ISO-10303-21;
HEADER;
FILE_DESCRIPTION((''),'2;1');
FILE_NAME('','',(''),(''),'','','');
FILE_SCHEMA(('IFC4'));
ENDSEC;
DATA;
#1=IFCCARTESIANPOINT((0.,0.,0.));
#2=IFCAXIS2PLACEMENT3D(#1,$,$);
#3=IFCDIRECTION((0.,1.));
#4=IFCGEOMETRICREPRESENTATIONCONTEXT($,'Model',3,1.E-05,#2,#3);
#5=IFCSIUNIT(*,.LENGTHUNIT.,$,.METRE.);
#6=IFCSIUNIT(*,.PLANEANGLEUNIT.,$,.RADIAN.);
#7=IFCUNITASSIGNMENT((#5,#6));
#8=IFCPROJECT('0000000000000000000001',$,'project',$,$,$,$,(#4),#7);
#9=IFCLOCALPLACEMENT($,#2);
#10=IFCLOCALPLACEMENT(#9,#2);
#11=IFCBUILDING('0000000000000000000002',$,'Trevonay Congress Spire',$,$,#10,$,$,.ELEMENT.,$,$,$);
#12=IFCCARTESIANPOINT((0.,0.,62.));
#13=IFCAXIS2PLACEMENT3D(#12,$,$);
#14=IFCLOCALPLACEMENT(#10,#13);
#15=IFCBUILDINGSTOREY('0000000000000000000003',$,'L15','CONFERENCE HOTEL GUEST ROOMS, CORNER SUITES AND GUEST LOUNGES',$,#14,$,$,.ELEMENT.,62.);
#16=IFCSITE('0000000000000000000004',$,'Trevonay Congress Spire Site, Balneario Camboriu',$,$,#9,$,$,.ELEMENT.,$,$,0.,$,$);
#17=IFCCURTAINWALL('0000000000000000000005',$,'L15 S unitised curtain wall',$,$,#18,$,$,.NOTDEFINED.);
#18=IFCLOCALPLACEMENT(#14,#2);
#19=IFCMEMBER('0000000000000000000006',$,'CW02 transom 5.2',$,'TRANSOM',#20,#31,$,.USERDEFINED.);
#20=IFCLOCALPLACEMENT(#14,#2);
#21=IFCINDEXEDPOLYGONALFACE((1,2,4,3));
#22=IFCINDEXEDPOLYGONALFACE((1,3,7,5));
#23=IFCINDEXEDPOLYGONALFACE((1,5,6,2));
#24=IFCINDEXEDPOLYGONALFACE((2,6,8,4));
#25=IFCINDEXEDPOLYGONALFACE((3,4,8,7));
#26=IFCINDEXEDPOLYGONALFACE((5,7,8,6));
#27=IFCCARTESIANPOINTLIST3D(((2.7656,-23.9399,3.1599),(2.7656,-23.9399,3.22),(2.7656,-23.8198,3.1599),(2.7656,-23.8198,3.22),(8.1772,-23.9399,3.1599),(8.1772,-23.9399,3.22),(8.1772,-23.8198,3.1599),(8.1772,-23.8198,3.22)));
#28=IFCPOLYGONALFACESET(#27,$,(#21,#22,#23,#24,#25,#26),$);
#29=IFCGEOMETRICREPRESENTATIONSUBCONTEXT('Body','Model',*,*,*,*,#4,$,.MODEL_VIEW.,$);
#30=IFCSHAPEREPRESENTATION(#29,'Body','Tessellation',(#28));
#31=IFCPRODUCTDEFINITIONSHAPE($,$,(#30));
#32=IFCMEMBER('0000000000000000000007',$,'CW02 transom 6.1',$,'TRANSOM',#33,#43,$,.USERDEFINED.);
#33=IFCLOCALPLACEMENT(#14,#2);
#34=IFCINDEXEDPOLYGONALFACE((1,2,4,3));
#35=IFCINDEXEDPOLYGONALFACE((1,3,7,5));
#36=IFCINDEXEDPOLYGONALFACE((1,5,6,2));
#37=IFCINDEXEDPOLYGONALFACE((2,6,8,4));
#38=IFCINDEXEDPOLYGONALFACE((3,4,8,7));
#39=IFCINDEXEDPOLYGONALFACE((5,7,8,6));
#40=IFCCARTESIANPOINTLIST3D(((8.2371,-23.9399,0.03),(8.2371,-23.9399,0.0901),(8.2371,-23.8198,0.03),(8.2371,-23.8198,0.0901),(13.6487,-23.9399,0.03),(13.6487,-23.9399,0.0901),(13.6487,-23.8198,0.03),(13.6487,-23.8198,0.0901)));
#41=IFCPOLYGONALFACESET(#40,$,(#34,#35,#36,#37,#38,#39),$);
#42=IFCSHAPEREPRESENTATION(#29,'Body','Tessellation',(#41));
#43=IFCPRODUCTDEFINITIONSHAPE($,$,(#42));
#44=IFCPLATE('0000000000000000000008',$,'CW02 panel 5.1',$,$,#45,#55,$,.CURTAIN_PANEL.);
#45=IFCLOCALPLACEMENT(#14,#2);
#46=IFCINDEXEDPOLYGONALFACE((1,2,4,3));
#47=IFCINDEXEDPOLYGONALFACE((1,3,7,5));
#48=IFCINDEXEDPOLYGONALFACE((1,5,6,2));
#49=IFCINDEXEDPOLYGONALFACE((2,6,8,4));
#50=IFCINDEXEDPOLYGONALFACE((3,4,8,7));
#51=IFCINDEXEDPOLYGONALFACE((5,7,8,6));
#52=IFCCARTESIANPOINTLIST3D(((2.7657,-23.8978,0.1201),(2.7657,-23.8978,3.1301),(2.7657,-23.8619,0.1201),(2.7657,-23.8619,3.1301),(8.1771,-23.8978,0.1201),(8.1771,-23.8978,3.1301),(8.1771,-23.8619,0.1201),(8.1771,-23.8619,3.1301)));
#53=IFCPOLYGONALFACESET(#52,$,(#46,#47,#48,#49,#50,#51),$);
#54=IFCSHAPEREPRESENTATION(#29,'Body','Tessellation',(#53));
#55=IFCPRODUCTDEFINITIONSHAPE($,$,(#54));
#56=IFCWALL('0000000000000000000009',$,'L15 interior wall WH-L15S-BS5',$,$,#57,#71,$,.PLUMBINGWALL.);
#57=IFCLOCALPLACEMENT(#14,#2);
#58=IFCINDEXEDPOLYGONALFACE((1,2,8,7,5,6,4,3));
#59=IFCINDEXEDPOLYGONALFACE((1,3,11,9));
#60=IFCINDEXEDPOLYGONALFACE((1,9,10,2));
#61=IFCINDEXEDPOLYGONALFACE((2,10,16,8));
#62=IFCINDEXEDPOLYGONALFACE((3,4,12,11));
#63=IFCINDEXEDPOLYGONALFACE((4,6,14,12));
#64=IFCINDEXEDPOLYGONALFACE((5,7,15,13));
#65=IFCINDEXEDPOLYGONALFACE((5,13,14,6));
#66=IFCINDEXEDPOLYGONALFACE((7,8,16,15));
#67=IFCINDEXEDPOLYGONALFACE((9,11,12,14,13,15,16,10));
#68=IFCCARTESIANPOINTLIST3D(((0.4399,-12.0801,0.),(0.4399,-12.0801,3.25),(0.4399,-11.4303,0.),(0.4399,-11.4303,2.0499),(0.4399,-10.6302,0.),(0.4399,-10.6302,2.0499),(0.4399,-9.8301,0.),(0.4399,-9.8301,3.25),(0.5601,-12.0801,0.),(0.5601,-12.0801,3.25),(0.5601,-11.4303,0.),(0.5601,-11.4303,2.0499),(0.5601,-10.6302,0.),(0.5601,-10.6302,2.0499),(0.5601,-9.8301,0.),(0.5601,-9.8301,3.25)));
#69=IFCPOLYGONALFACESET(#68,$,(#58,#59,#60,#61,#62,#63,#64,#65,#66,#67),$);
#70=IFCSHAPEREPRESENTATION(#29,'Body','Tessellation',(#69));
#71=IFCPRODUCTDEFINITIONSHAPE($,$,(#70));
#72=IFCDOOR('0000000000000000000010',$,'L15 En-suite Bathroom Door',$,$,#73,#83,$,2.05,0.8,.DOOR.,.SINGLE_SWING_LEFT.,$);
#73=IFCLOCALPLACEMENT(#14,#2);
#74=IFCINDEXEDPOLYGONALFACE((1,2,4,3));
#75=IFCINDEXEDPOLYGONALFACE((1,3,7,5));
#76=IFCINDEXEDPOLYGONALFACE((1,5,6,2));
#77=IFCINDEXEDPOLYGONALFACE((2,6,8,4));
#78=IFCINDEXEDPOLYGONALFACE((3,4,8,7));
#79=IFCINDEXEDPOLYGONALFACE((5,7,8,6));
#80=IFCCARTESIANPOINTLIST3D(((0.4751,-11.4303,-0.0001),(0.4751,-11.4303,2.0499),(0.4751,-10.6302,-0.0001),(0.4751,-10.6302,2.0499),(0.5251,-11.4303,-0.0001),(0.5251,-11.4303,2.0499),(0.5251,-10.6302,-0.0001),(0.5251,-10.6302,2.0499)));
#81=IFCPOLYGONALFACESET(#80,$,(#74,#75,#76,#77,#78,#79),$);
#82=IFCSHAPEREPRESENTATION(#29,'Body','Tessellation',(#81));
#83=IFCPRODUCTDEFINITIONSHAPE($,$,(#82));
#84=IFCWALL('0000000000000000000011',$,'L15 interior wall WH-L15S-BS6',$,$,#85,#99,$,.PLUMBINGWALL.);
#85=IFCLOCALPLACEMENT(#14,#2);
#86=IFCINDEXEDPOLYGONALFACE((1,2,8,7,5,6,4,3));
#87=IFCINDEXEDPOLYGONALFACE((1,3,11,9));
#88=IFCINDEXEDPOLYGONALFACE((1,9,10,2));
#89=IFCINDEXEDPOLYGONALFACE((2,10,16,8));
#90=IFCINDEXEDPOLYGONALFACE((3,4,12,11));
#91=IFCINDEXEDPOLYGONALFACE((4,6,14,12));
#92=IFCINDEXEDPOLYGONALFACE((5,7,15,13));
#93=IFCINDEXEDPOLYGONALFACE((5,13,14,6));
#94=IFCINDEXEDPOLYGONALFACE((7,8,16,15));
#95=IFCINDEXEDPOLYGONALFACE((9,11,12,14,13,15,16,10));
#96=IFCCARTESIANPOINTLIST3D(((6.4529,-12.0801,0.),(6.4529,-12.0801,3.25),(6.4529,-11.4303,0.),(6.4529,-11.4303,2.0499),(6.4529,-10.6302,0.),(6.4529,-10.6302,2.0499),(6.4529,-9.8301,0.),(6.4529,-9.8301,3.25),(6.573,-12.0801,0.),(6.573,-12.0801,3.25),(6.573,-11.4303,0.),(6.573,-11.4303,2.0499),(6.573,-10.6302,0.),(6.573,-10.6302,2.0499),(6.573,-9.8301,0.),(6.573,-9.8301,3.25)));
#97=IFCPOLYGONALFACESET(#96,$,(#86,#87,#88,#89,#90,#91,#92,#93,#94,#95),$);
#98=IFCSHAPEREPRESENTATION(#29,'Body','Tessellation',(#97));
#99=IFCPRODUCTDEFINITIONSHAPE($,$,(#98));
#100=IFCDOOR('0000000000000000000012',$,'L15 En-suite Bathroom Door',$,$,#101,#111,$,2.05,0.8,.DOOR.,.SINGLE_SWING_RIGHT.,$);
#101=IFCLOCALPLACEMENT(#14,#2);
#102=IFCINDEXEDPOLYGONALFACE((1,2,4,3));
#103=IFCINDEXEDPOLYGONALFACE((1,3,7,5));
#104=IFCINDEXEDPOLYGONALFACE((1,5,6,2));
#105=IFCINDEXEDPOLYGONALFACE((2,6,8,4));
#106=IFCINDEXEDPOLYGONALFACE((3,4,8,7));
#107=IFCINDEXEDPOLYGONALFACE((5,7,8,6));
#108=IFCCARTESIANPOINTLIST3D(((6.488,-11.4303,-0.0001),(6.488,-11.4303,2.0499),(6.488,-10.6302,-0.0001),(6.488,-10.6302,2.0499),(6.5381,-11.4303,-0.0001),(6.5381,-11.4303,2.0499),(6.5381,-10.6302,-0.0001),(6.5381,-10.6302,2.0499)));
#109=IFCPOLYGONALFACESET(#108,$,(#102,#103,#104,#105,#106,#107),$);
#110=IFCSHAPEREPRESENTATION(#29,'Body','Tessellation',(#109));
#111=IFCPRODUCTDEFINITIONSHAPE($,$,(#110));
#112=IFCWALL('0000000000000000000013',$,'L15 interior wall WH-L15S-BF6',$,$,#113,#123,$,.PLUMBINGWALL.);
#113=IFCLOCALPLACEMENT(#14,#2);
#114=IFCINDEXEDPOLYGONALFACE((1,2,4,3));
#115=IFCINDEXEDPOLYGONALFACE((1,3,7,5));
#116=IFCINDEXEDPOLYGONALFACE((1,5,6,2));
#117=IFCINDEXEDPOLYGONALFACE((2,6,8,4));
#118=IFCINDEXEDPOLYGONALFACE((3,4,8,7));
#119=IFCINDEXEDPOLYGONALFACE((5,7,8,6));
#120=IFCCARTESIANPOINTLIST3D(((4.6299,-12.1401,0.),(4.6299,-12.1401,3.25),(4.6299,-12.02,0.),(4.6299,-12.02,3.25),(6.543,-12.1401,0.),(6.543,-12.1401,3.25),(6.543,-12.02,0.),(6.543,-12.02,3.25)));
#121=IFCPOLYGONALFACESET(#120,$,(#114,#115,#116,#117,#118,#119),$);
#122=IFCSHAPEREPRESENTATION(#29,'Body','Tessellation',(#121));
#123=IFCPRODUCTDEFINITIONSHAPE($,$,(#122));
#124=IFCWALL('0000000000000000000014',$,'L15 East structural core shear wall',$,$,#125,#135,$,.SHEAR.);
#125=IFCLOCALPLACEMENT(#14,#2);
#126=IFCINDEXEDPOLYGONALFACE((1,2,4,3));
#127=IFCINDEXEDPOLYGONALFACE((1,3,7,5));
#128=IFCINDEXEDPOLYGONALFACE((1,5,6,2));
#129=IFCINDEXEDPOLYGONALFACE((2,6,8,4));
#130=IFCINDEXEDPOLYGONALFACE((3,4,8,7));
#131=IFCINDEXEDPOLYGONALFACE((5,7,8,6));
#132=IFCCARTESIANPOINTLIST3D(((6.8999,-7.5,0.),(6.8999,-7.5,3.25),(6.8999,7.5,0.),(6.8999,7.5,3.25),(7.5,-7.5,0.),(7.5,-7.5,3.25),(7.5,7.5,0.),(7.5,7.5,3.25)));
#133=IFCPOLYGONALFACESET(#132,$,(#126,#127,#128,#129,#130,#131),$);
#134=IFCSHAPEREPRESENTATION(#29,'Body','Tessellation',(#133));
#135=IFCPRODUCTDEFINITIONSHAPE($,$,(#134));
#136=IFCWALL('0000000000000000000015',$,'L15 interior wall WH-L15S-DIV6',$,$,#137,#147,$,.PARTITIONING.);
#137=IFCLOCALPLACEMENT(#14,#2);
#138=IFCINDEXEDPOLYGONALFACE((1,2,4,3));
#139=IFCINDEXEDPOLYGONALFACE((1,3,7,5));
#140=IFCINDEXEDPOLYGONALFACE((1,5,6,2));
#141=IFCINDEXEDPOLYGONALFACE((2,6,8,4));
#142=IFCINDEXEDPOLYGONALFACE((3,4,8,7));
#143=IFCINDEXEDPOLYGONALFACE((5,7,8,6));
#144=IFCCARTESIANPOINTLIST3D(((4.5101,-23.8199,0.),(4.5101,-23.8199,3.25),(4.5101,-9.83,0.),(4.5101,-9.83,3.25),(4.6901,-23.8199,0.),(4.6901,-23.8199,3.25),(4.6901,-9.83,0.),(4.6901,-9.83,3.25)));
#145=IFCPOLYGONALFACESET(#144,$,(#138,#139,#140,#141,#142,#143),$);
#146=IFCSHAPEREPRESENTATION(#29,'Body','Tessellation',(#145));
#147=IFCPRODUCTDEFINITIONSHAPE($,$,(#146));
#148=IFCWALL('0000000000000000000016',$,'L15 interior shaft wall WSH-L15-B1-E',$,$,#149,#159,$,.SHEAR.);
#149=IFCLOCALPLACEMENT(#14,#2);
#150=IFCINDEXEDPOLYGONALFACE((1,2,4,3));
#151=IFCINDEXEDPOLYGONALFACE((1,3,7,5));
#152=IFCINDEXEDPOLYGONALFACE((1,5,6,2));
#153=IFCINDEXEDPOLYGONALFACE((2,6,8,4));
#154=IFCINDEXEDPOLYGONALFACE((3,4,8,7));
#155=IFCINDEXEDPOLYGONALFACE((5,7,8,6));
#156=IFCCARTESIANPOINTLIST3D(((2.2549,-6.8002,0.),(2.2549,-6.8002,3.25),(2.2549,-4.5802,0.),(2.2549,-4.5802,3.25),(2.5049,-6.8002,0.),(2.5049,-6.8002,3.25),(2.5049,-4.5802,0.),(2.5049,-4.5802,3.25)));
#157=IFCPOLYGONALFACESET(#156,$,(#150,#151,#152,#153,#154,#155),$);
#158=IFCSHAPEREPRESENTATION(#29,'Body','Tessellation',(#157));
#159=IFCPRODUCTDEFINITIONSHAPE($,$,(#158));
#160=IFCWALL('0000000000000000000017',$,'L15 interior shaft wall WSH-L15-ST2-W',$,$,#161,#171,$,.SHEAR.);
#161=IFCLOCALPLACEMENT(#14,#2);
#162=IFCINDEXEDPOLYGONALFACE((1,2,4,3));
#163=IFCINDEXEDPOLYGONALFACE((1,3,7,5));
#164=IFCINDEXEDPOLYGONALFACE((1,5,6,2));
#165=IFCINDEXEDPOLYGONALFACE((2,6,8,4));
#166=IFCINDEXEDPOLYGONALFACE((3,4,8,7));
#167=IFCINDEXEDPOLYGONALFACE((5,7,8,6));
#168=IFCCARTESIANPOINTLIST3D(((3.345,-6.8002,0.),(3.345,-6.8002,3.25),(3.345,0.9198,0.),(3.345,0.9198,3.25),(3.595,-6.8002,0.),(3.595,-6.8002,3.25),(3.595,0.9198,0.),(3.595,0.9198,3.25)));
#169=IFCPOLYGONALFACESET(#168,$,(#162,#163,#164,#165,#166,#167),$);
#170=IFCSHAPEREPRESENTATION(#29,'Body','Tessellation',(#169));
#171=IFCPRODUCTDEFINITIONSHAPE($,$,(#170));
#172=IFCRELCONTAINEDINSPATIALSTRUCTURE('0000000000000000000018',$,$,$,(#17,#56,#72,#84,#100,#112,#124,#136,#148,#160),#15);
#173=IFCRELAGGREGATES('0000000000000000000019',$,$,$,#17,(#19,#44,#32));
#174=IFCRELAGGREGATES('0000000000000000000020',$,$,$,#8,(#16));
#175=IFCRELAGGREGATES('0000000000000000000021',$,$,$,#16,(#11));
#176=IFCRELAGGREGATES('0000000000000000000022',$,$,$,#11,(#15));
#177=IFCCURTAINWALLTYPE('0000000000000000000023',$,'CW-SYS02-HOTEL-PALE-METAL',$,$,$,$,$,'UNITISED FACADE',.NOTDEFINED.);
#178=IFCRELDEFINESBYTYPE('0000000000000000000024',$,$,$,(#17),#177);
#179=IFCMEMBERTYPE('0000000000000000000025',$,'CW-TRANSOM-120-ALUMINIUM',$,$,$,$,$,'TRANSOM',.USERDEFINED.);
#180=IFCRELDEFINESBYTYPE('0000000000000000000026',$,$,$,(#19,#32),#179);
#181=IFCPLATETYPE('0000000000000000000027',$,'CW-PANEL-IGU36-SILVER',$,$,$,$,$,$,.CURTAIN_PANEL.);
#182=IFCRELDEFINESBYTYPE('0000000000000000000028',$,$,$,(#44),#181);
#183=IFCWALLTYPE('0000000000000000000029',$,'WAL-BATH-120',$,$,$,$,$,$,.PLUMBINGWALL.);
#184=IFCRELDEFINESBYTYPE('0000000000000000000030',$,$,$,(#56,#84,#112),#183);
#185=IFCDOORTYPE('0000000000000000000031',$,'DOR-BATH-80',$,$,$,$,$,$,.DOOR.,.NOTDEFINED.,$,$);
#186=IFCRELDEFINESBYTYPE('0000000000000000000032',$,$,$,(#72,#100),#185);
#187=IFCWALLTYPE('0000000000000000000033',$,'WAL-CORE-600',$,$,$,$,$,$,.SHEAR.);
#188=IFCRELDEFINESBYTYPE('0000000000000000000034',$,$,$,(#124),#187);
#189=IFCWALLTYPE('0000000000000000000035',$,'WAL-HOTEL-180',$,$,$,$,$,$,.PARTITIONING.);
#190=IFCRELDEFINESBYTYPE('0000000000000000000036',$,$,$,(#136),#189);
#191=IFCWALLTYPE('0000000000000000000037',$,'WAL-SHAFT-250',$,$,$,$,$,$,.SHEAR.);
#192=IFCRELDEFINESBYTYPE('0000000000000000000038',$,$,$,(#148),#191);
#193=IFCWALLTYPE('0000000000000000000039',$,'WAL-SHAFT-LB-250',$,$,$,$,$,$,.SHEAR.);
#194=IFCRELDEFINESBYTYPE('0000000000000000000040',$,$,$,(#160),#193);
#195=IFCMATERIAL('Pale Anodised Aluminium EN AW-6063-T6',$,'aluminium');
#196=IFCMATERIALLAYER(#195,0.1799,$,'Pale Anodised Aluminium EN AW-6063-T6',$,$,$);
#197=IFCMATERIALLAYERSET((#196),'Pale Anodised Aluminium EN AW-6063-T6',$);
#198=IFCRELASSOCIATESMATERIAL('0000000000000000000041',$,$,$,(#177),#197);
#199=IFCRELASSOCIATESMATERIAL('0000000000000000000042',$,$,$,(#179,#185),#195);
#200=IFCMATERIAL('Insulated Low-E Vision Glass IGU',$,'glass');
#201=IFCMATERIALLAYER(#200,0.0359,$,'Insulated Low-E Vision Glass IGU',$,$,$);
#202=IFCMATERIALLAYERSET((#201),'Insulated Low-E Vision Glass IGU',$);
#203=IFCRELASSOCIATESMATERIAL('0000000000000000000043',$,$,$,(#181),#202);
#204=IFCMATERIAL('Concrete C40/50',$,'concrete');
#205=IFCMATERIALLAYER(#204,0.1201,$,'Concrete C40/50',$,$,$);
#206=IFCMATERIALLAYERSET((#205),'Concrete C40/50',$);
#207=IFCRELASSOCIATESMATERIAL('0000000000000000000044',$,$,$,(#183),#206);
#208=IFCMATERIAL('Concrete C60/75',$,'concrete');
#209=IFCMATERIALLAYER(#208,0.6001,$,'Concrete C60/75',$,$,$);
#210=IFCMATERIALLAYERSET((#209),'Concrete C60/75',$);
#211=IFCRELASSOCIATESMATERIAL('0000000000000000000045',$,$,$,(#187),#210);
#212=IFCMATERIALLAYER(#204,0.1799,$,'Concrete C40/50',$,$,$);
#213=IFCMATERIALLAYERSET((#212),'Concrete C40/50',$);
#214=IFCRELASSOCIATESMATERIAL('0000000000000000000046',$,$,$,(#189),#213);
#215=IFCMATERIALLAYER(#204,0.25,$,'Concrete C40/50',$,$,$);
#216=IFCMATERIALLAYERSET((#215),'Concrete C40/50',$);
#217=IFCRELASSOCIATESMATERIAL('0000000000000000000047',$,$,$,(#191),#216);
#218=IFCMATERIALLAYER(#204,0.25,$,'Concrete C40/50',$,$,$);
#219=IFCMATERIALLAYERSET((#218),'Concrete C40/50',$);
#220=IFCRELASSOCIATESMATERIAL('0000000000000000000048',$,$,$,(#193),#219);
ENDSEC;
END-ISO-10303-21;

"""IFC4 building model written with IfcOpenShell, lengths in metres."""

from ifc_helpers import new_model, si_unit, direction, frame, frame_2d, origin, origin_2d, place, context, subcontext, project, spatial, rectangle, extrude, material, layer, layer_set, material_profile, profile_set, type_object, element, fill, aggregate, save


model = new_model("IFC4")

# Units and contexts
model_context = context("Model", 3, precision=1e-05, world=origin(), true_north=direction((0.0, 1.0)))
body_context = subcontext(model_context, "Body", "Model", "MODEL_VIEW")
ifc_project = project(units=[si_unit("LENGTHUNIT", "METRE"), si_unit("PLANEANGLEUNIT", "RADIAN")], contexts=[model_context])

# Site, building, storey
site_placement = place(None, origin())
site = spatial("IfcSite", under=ifc_project, at=site_placement, Name="Trevonay Congress Spire Site, Balneario Camboriu", CompositionType="ELEMENT", RefElevation=0.0)
building_placement = place(site_placement, origin())
building = spatial("IfcBuilding", under=site, at=building_placement, Name="Trevonay Congress Spire", CompositionType="ELEMENT")
storey_placement = place(building_placement, frame((0.0, 0.0, 62.0)))
storey = spatial("IfcBuildingStorey", under=building, at=storey_placement, Name="L15", Description="CONFERENCE HOTEL GUEST ROOMS, CORNER SUITES AND GUEST LOUNGES", CompositionType="ELEMENT", Elevation=62.0)

# Curtain wall, members, plate
ifc_material_1 = material(Name="Pale Anodised Aluminium EN AW-6063-T6", Category="aluminium")
ifc_layer_1 = layer(ifc_material_1, 0.1799, Name="Pale Anodised Aluminium EN AW-6063-T6")
ifc_layer_set_1 = layer_set([ifc_layer_1], Name="Pale Anodised Aluminium EN AW-6063-T6")
curtain_wall_type = type_object("IfcCurtainWallType", Name="CW-SYS02-HOTEL-PALE-METAL", ElementType="UNITISED FACADE", PredefinedType="NOTDEFINED", material=ifc_layer_set_1)
curtain_wall_placement = place(storey_placement, origin())
curtain_wall = element("IfcCurtainWall", 1, at=curtain_wall_placement, inside=storey, type_object=curtain_wall_type, Name="L15 S unitised curtain wall", PredefinedType="NOTDEFINED")
ifc_material_profile_1 = material_profile(ifc_material_1, rectangle(XDim=0.1201, YDim=0.0601, at=origin_2d()), Name="CW-TRANSOM-120-ALUMINIUM")
ifc_profile_set_1 = profile_set([ifc_material_profile_1], Name="Pale Anodised Aluminium EN AW-6063-T6")
member_type_1 = type_object("IfcMemberType", Name="CW-TRANSOM-120-ALUMINIUM", ElementType="TRANSOM", PredefinedType="USERDEFINED", material=ifc_profile_set_1)
member_1_placement = place(storey_placement, frame((2.7656, -23.8799, 3.1899), z_axis=(1.0, 0.0, 0.0), x_axis=(0.0, 1.0, 0.0)))
member_1 = element("IfcMember", 2, at=member_1_placement, type_object=member_type_1, Name="CW02 transom 5.2", ObjectType="TRANSOM", PredefinedType="USERDEFINED", context=body_context, shape_type="SweptSolid", body=[
    extrude(rectangle(XDim=0.1201, YDim=0.0601, at=origin_2d()), origin(), (0.0, 0.0, 1.0), 5.4116),
])
member_2_placement = place(storey_placement, frame((8.2371, -23.8799, 0.0601), z_axis=(1.0, 0.0, 0.0), x_axis=(0.0, 1.0, 0.0)))
member_2 = element("IfcMember", 3, at=member_2_placement, type_object=member_type_1, Name="CW02 transom 6.1", ObjectType="TRANSOM", PredefinedType="USERDEFINED", context=body_context, shape_type="SweptSolid", body=[
    extrude(rectangle(XDim=0.1201, YDim=0.0601, at=origin_2d()), origin(), (0.0, 0.0, 1.0), 5.4116),
])
ifc_material_2 = material(Name="Insulated Low-E Vision Glass IGU", Category="glass")
ifc_layer_2 = layer(ifc_material_2, 0.0359, Name="Insulated Low-E Vision Glass IGU")
ifc_layer_set_2 = layer_set([ifc_layer_2], Name="Insulated Low-E Vision Glass IGU")
plate_type = type_object("IfcPlateType", Name="CW-PANEL-IGU36-SILVER", PredefinedType="CURTAIN_PANEL", material=ifc_layer_set_2)
plate_placement = place(storey_placement, frame((5.4714, -23.8799, 0.1201), z_axis=(0.0, 0.0, 1.0), x_axis=(1.0, 0.0, 0.0)))
plate = element("IfcPlate", 4, at=plate_placement, type_object=plate_type, Name="CW02 panel 5.1", PredefinedType="CURTAIN_PANEL", context=body_context, shape_type="SweptSolid", body=[
    extrude(rectangle(XDim=5.4114, YDim=0.0359, at=origin_2d()), origin(), (0.0, 0.0, 1.0), 3.01),
])
aggregate(curtain_wall, [member_1, plate, member_2])

# Walls, openings, doors
ifc_material_3 = material(Name="Concrete C40/50", Category="concrete")
ifc_layer_3 = layer(ifc_material_3, 0.1201, Name="Concrete C40/50")
ifc_layer_set_3 = layer_set([ifc_layer_3], Name="Concrete C40/50")
wall_type_1 = type_object("IfcWallType", Name="WAL-BATH-120", PredefinedType="PLUMBINGWALL", material=ifc_layer_set_3)
wall_1_placement = place(storey_placement, frame((0.5, -12.0801, 0.0), z_axis=(0.0, 0.0, 1.0), x_axis=(0.0, 1.0, 0.0)))
wall_1 = element("IfcWall", 5, at=wall_1_placement, inside=storey, type_object=wall_type_1, Name="L15 interior wall WH-L15S-BS5", PredefinedType="PLUMBINGWALL", context=body_context, shape_type="SweptSolid", body=[
    extrude(rectangle(XDim=2.25, YDim=0.1201, at=frame_2d((1.125, 0.0))), origin(), (0.0, 0.0, 1.0), 3.25),
])
opening_1_placement = place(wall_1_placement, frame((0.6499, 0.0, 0.0)))
opening_1 = element("IfcOpeningElement", 6, at=opening_1_placement, cuts=wall_1, PredefinedType="OPENING", context=body_context, shape_type="SweptSolid", body=[
    extrude(rectangle(XDim=0.8, YDim=2.05, at=frame_2d((0.3999, 1.0249))), frame((0.0, 0.0701, 0.0), z_axis=(0.0, -1.0, 0.0), x_axis=(1.0, 0.0, 0.0)), (0.0, 0.0, 1.0), 0.1401),
])
door_type = type_object("IfcDoorType", Name="DOR-BATH-80", OperationType="NOTDEFINED", PredefinedType="DOOR", material=ifc_material_1)
door_1_placement = place(opening_1_placement, origin())
door_1 = element("IfcDoor", 7, at=door_1_placement, inside=storey, type_object=door_type, Name="L15 En-suite Bathroom Door", OperationType="SINGLE_SWING_LEFT", OverallHeight=2.05, OverallWidth=0.8, PredefinedType="DOOR", context=body_context, shape_type="SweptSolid", body=[
    extrude(rectangle(XDim=0.8, YDim=2.05, at=frame_2d((0.3999, 1.0249))), frame((0.0, 0.0249, 0.0), z_axis=(0.0, -1.0, 0.0), x_axis=(1.0, 0.0, 0.0)), (0.0, 0.0, 1.0), 0.05),
])
fill(opening_1, door_1)
wall_2_placement = place(storey_placement, frame((6.5129, -12.0801, 0.0), z_axis=(0.0, 0.0, 1.0), x_axis=(0.0, 1.0, 0.0)))
wall_2 = element("IfcWall", 8, at=wall_2_placement, inside=storey, type_object=wall_type_1, Name="L15 interior wall WH-L15S-BS6", PredefinedType="PLUMBINGWALL", context=body_context, shape_type="SweptSolid", body=[
    extrude(rectangle(XDim=2.25, YDim=0.1201, at=frame_2d((1.125, 0.0))), origin(), (0.0, 0.0, 1.0), 3.25),
])
opening_2_placement = place(wall_2_placement, frame((0.6499, 0.0, 0.0)))
opening_2 = element("IfcOpeningElement", 9, at=opening_2_placement, cuts=wall_2, PredefinedType="OPENING", context=body_context, shape_type="SweptSolid", body=[
    extrude(rectangle(XDim=0.8, YDim=2.05, at=frame_2d((0.3999, 1.0249))), frame((0.0, 0.0701, 0.0), z_axis=(0.0, -1.0, 0.0), x_axis=(1.0, 0.0, 0.0)), (0.0, 0.0, 1.0), 0.1401),
])
door_2_placement = place(opening_2_placement, origin())
door_2 = element("IfcDoor", 10, at=door_2_placement, inside=storey, type_object=door_type, Name="L15 En-suite Bathroom Door", OperationType="SINGLE_SWING_RIGHT", OverallHeight=2.05, OverallWidth=0.8, PredefinedType="DOOR", context=body_context, shape_type="SweptSolid", body=[
    extrude(rectangle(XDim=0.8, YDim=2.05, at=frame_2d((0.3999, 1.0249))), frame((0.0, 0.0249, 0.0), z_axis=(0.0, -1.0, 0.0), x_axis=(1.0, 0.0, 0.0)), (0.0, 0.0, 1.0), 0.05),
])
fill(opening_2, door_2)

# Walls
wall_3_placement = place(storey_placement, frame((4.6299, -12.0801, 0.0), z_axis=(0.0, 0.0, 1.0), x_axis=(1.0, 0.0, 0.0)))
element("IfcWall", 11, at=wall_3_placement, inside=storey, type_object=wall_type_1, Name="L15 interior wall WH-L15S-BF6", PredefinedType="PLUMBINGWALL", context=body_context, shape_type="SweptSolid", body=[
    extrude(rectangle(XDim=1.9131, YDim=0.1201, at=frame_2d((0.9565, 0.0))), origin(), (0.0, 0.0, 1.0), 3.25),
])
ifc_material_4 = material(Name="Concrete C60/75", Category="concrete")
ifc_layer_4 = layer(ifc_material_4, 0.6001, Name="Concrete C60/75")
ifc_layer_set_4 = layer_set([ifc_layer_4], Name="Concrete C60/75")
wall_type_2 = type_object("IfcWallType", Name="WAL-CORE-600", PredefinedType="SHEAR", material=ifc_layer_set_4)
wall_4_placement = place(storey_placement, frame((7.2, -7.5, 0.0), z_axis=(0.0, 0.0, 1.0), x_axis=(0.0, 1.0, 0.0)))
element("IfcWall", 12, at=wall_4_placement, inside=storey, type_object=wall_type_2, Name="L15 East structural core shear wall", PredefinedType="SHEAR", context=body_context, shape_type="SweptSolid", body=[
    extrude(rectangle(XDim=15.0, YDim=0.6001, at=frame_2d((7.5, 0.0))), origin(), (0.0, 0.0, 1.0), 3.25),
])
ifc_layer_5 = layer(ifc_material_3, 0.1799, Name="Concrete C40/50")
ifc_layer_set_5 = layer_set([ifc_layer_5], Name="Concrete C40/50")
wall_type_3 = type_object("IfcWallType", Name="WAL-HOTEL-180", PredefinedType="PARTITIONING", material=ifc_layer_set_5)
wall_5_placement = place(storey_placement, frame((4.6001, -23.8201, 0.0), z_axis=(0.0, 0.0, 1.0), x_axis=(0.0, 1.0, 0.0)))
element("IfcWall", 13, at=wall_5_placement, inside=storey, type_object=wall_type_3, Name="L15 interior wall WH-L15S-DIV6", PredefinedType="PARTITIONING", context=body_context, shape_type="SweptSolid", body=[
    extrude(rectangle(XDim=13.99, YDim=0.1799, at=frame_2d((6.9951, 0.0))), origin(), (0.0, 0.0, 1.0), 3.25),
])
ifc_layer_6 = layer(ifc_material_3, 0.25, Name="Concrete C40/50")
ifc_layer_set_6 = layer_set([ifc_layer_6], Name="Concrete C40/50")
wall_type_4 = type_object("IfcWallType", Name="WAL-SHAFT-250", PredefinedType="SHEAR", material=ifc_layer_set_6)
wall_6_placement = place(storey_placement, frame((2.3799, -6.8, 0.0), z_axis=(0.0, 0.0, 1.0), x_axis=(0.0, 1.0, 0.0)))
element("IfcWall", 14, at=wall_6_placement, inside=storey, type_object=wall_type_4, Name="L15 interior shaft wall WSH-L15-B1-E", PredefinedType="SHEAR", context=body_context, shape_type="SweptSolid", body=[
    extrude(rectangle(XDim=2.22, YDim=0.25, at=frame_2d((1.1099, 0.0))), origin(), (0.0, 0.0, 1.0), 3.25),
])
ifc_layer_7 = layer(ifc_material_3, 0.25, Name="Concrete C40/50")
ifc_layer_set_7 = layer_set([ifc_layer_7], Name="Concrete C40/50")
wall_type_5 = type_object("IfcWallType", Name="WAL-SHAFT-LB-250", PredefinedType="SHEAR", material=ifc_layer_set_7)
wall_7_placement = place(storey_placement, frame((3.47, -6.8, 0.0), z_axis=(0.0, 0.0, 1.0), x_axis=(0.0, 1.0, 0.0)))
element("IfcWall", 15, at=wall_7_placement, inside=storey, type_object=wall_type_5, Name="L15 interior shaft wall WSH-L15-ST2-W", PredefinedType="SHEAR", context=body_context, shape_type="SweptSolid", body=[
    extrude(rectangle(XDim=7.72, YDim=0.25, at=frame_2d((3.8599, 0.0))), origin(), (0.0, 0.0, 1.0), 3.25),
])

save(model, "model.ifc")
